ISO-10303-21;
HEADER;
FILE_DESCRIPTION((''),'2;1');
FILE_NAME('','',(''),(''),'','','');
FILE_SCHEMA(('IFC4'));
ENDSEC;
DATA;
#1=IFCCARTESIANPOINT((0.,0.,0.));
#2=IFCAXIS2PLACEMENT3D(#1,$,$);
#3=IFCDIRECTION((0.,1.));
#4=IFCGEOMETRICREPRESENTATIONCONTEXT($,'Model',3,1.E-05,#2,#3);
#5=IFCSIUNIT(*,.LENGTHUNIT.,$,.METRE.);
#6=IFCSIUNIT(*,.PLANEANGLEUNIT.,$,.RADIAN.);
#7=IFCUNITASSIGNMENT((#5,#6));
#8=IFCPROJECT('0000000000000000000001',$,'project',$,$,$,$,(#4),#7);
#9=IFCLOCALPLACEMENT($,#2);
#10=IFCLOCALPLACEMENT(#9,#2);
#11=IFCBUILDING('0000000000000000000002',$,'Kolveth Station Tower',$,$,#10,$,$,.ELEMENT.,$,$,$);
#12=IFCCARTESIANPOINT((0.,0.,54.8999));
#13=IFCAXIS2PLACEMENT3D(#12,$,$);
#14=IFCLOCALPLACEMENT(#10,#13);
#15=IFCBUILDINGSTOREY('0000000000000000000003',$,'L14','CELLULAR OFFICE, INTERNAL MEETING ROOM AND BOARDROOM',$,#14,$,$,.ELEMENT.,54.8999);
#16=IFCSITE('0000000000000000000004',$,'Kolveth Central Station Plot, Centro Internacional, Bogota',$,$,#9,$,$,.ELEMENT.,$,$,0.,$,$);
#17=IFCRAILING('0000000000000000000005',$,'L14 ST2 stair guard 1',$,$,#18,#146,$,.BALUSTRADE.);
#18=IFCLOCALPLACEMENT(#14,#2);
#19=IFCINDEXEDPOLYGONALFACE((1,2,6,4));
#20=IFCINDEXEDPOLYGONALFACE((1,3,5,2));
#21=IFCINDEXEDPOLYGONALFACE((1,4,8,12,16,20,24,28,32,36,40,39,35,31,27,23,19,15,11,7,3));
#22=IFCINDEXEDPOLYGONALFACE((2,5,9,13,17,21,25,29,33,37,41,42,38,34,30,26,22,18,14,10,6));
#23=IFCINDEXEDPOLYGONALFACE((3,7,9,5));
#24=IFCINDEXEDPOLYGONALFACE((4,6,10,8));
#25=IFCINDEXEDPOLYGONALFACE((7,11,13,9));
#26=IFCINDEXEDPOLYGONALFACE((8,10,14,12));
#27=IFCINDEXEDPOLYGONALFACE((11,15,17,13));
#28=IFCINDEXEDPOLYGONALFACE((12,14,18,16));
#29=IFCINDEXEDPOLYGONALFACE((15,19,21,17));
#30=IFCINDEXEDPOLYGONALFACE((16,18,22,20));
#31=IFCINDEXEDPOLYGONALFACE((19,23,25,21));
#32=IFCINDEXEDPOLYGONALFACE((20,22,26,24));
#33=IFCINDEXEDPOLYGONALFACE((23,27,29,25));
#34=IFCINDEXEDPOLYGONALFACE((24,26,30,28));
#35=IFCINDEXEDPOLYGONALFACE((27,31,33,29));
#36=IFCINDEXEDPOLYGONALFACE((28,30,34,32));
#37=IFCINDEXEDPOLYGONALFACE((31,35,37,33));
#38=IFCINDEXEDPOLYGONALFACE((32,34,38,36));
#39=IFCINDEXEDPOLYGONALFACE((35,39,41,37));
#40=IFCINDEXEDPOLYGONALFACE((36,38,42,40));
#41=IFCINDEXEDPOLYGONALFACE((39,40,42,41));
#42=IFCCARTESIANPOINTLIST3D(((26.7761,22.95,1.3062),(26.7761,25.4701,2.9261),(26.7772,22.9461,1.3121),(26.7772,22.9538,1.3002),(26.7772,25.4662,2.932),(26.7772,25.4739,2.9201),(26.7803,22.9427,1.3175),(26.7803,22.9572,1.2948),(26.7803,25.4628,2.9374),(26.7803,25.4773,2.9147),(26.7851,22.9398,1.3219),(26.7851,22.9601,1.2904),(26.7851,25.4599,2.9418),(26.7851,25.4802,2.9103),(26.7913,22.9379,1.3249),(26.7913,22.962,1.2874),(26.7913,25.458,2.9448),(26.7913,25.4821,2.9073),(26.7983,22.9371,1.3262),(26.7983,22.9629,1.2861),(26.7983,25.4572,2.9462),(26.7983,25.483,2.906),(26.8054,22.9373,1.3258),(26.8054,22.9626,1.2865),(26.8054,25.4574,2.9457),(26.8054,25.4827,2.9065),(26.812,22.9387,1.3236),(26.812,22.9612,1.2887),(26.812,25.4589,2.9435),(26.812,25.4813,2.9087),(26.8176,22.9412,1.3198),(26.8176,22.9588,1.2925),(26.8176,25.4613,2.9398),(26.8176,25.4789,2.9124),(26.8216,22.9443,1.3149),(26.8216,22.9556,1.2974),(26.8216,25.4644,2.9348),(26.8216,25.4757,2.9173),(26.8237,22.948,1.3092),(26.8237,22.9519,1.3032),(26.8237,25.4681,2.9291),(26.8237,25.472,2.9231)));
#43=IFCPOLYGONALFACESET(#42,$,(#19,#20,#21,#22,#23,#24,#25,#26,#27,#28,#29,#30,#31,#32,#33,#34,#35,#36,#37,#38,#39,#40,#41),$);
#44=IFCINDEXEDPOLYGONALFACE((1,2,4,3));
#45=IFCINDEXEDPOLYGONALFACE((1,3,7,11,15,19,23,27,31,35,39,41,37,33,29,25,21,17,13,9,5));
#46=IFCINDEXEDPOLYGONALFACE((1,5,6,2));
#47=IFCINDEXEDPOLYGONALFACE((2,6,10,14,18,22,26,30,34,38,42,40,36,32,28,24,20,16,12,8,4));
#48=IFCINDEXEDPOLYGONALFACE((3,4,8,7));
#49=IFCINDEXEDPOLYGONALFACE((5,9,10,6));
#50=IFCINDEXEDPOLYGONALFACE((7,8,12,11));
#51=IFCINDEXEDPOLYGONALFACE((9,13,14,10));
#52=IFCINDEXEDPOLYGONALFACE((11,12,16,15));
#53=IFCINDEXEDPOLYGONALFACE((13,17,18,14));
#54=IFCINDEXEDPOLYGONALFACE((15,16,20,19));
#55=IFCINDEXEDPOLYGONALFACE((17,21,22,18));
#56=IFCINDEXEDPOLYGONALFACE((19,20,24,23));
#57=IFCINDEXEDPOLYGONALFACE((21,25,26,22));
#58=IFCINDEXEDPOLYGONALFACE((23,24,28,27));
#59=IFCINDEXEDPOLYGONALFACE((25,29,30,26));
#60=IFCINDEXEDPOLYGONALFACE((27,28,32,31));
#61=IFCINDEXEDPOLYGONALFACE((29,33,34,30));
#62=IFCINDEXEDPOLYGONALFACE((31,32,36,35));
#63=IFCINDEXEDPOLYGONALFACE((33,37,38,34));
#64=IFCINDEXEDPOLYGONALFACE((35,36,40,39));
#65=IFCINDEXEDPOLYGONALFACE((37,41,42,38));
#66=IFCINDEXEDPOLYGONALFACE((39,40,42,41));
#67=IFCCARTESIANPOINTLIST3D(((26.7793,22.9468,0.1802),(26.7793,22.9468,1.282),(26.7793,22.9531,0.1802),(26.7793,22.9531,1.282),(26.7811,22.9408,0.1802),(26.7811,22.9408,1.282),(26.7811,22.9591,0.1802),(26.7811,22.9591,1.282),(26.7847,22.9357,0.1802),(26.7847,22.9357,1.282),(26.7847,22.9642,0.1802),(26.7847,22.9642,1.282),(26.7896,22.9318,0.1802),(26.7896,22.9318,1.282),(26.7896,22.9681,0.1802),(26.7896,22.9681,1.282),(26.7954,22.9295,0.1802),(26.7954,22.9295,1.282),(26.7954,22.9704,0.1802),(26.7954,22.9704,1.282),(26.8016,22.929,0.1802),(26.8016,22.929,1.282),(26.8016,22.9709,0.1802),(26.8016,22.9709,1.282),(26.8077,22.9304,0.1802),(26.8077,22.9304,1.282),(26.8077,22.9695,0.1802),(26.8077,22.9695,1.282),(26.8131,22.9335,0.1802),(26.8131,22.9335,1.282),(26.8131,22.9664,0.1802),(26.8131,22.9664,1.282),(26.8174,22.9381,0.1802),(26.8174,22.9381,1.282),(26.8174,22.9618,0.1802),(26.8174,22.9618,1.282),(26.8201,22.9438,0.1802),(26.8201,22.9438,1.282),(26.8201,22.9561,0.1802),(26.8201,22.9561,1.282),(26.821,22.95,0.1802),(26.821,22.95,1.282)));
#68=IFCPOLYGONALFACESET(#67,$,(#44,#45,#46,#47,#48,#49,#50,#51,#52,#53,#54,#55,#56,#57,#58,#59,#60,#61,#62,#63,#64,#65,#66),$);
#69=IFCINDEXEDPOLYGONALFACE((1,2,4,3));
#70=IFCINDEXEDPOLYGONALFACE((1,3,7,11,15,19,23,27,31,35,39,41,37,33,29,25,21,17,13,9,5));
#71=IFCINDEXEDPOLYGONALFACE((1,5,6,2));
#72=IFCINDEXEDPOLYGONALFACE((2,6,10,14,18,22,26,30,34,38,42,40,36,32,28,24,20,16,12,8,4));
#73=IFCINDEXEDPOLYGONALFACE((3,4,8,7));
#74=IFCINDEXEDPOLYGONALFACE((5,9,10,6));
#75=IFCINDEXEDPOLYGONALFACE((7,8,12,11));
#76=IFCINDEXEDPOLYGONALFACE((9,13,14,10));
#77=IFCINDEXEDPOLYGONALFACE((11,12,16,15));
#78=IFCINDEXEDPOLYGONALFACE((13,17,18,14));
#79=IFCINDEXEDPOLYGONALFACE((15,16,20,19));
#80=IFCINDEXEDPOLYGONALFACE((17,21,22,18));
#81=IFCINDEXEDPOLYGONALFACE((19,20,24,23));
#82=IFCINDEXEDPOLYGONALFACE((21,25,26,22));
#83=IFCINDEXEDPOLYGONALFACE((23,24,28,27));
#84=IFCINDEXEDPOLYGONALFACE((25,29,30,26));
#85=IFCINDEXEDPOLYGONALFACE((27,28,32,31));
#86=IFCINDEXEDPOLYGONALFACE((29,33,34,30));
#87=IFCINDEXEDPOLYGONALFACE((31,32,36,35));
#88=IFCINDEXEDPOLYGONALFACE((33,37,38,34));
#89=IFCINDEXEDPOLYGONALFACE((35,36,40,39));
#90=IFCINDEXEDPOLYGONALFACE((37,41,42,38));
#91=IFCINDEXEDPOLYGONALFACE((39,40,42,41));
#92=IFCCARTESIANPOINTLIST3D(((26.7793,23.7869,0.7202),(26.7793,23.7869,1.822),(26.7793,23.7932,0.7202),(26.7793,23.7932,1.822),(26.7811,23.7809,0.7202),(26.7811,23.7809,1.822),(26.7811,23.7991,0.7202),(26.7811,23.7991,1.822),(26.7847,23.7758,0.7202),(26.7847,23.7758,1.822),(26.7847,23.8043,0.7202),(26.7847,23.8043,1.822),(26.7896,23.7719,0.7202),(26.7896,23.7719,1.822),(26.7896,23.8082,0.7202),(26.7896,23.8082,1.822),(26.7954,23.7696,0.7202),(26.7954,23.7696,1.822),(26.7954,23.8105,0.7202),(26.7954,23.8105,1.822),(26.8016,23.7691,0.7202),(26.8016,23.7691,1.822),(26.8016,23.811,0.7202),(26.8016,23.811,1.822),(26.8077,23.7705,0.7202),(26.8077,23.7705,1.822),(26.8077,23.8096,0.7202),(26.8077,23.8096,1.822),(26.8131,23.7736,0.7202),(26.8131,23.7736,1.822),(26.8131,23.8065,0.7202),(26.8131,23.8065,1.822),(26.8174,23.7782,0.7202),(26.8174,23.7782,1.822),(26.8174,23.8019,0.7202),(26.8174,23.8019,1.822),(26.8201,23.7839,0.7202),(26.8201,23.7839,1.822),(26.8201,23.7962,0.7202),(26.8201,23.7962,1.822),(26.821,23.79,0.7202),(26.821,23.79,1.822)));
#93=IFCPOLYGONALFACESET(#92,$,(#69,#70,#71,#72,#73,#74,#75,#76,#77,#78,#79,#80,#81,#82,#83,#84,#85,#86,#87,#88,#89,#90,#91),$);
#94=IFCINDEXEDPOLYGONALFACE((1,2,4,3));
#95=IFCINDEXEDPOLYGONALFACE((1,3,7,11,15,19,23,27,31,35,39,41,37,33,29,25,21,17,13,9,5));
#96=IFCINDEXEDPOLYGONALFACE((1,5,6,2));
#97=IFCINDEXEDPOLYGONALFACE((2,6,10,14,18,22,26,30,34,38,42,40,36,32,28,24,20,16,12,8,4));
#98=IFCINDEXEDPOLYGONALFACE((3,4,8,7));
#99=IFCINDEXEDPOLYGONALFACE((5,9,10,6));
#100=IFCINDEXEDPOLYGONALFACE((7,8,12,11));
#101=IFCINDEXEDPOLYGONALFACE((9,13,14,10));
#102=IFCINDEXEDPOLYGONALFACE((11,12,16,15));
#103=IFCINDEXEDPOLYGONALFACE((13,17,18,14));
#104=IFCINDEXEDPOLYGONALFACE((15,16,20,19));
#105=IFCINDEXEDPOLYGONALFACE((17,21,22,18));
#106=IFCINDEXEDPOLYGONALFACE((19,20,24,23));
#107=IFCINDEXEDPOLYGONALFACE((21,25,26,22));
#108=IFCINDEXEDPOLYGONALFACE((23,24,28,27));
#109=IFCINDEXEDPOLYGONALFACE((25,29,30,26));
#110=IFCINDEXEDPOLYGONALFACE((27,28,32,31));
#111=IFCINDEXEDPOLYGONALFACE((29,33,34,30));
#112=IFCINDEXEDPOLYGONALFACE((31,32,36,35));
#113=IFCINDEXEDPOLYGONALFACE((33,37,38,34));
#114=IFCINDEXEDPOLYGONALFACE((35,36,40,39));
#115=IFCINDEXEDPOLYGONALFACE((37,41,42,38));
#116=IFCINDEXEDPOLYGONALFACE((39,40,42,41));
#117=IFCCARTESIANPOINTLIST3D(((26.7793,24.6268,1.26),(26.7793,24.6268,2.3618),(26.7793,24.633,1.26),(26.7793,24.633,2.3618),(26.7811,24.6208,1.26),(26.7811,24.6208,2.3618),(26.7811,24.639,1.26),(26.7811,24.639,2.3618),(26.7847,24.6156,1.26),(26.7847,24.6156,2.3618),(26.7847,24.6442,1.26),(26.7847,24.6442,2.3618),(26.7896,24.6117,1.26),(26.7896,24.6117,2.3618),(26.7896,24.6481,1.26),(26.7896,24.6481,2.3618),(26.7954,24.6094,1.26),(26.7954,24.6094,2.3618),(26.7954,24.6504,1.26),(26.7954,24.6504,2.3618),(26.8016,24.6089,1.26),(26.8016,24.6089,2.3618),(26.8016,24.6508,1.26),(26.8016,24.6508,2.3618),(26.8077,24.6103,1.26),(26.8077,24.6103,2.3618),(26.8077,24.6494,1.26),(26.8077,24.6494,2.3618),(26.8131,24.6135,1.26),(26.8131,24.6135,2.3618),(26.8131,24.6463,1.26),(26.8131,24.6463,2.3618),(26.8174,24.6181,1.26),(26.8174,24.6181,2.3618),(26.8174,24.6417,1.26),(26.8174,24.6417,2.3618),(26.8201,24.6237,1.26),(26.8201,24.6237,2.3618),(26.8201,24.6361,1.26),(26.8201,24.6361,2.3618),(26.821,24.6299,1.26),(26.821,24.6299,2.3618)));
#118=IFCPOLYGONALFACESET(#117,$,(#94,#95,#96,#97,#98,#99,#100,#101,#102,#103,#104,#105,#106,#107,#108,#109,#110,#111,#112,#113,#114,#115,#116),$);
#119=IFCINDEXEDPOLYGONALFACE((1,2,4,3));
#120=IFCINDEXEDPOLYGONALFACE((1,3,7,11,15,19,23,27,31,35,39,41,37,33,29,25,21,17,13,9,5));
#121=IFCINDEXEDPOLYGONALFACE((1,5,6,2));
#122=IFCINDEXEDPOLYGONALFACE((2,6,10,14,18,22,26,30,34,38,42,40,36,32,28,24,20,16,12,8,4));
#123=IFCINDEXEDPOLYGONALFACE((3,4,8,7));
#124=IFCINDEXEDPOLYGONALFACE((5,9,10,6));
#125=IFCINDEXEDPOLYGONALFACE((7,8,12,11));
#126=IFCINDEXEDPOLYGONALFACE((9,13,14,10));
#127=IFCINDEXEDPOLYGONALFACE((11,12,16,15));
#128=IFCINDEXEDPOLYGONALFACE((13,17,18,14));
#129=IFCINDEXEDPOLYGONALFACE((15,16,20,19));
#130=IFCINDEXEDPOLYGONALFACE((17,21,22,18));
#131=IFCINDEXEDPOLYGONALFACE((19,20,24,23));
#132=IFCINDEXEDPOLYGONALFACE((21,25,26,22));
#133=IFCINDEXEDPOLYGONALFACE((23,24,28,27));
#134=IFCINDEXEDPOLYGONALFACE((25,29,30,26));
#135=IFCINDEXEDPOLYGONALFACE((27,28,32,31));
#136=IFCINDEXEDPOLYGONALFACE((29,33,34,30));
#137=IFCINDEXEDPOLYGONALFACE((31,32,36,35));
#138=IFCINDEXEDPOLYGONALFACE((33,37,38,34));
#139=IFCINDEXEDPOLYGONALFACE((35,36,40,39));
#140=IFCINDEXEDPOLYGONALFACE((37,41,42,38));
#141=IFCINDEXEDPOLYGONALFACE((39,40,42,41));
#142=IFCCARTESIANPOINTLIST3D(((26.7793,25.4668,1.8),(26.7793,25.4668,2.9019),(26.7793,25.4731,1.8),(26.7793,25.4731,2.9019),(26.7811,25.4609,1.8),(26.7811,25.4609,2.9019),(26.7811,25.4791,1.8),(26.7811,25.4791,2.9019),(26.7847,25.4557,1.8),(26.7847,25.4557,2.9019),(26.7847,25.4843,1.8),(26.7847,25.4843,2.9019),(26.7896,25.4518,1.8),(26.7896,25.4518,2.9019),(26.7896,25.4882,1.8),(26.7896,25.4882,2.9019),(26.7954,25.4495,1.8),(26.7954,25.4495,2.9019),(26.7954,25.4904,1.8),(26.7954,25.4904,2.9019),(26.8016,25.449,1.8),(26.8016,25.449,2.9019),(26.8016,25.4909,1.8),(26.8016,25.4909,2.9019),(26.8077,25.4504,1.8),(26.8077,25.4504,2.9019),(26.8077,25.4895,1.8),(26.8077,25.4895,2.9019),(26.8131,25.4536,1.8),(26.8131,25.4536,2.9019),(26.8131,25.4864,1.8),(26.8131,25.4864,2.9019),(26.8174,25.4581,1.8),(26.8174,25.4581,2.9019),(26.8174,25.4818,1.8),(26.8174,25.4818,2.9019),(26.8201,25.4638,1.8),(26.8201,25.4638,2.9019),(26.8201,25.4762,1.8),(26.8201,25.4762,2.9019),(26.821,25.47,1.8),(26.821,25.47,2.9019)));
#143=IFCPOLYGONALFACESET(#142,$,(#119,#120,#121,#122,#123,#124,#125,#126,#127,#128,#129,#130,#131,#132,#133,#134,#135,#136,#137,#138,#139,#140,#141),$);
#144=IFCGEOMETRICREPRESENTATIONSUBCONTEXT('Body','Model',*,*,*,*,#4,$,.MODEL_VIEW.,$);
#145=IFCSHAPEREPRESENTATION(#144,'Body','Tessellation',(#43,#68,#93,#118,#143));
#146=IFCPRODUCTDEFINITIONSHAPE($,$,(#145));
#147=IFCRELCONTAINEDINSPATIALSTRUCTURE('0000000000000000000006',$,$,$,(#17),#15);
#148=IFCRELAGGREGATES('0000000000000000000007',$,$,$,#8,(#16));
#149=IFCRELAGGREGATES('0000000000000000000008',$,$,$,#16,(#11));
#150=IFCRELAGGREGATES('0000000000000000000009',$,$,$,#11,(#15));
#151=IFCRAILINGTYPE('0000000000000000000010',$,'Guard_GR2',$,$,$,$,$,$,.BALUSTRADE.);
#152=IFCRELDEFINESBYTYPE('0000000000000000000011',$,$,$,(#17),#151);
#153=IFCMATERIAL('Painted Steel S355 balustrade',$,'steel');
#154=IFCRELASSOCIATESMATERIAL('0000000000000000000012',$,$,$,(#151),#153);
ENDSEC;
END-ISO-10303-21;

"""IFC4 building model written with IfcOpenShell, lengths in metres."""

from ifc_helpers import new_model, si_unit, direction, frame, origin, origin_2d, place, context, subcontext, project, spatial, circle, extrude, material, type_object, element, save


model = new_model("IFC4")

# Units and contexts
model_context = context("Model", 3, precision=1e-05, world=origin(), true_north=direction((0.0, 1.0)))
body_context = subcontext(model_context, "Body", "Model", "MODEL_VIEW")
ifc_project = project(units=[si_unit("LENGTHUNIT", "METRE"), si_unit("PLANEANGLEUNIT", "RADIAN")], contexts=[model_context])

# Site, building, storey
site_placement = place(None, origin())
site = spatial("IfcSite", under=ifc_project, at=site_placement, Name="Kolveth Central Station Plot, Centro Internacional, Bogota", CompositionType="ELEMENT", RefElevation=0.0)
building_placement = place(site_placement, origin())
building = spatial("IfcBuilding", under=site, at=building_placement, Name="Kolveth Station Tower", CompositionType="ELEMENT")
storey_placement = place(building_placement, frame((0.0, 0.0, 54.8999)))
storey = spatial("IfcBuildingStorey", under=building, at=storey_placement, Name="L14", Description="CELLULAR OFFICE, INTERNAL MEETING ROOM AND BOARDROOM", CompositionType="ELEMENT", Elevation=54.8999)

# Railing
ifc_material_1 = material(Name="Painted Steel S355 balustrade", Category="steel")
railing_type_1 = type_object("IfcRailingType", Name="Guard_GR2", PredefinedType="BALUSTRADE", material=ifc_material_1)
railing_1_placement = place(storey_placement, frame((26.8, 22.95, 0.1802)))
element("IfcRailing", 1, at=railing_1_placement, inside=storey, type_object=railing_type_1, Name="L14 ST2 stair guard 1", PredefinedType="BALUSTRADE", context=body_context, shape_type="SweptSolid", body=[
    extrude(circle(Radius=0.0239, at=origin_2d()), frame((0.0, 0.0, 1.126), z_axis=(0.0, 0.8412, 0.540725), x_axis=(-1.0, 0.0, 0.0)), (0.0, 0.0, 1.0), 2.9958),
    extrude(circle(Radius=0.021, at=origin_2d()), origin(), (0.0, 0.0, 1.0), 1.1018),
    extrude(circle(Radius=0.021, at=origin_2d()), frame((0.0, 0.8401, 0.54)), (0.0, 0.0, 1.0), 1.1018),
    extrude(circle(Radius=0.021, at=origin_2d()), frame((0.0, 1.6799, 1.0798)), (0.0, 0.0, 1.0), 1.1018),
    extrude(circle(Radius=0.021, at=origin_2d()), frame((0.0, 2.52, 1.6199)), (0.0, 0.0, 1.0), 1.1018),
])

save(model, "model.ifc")
